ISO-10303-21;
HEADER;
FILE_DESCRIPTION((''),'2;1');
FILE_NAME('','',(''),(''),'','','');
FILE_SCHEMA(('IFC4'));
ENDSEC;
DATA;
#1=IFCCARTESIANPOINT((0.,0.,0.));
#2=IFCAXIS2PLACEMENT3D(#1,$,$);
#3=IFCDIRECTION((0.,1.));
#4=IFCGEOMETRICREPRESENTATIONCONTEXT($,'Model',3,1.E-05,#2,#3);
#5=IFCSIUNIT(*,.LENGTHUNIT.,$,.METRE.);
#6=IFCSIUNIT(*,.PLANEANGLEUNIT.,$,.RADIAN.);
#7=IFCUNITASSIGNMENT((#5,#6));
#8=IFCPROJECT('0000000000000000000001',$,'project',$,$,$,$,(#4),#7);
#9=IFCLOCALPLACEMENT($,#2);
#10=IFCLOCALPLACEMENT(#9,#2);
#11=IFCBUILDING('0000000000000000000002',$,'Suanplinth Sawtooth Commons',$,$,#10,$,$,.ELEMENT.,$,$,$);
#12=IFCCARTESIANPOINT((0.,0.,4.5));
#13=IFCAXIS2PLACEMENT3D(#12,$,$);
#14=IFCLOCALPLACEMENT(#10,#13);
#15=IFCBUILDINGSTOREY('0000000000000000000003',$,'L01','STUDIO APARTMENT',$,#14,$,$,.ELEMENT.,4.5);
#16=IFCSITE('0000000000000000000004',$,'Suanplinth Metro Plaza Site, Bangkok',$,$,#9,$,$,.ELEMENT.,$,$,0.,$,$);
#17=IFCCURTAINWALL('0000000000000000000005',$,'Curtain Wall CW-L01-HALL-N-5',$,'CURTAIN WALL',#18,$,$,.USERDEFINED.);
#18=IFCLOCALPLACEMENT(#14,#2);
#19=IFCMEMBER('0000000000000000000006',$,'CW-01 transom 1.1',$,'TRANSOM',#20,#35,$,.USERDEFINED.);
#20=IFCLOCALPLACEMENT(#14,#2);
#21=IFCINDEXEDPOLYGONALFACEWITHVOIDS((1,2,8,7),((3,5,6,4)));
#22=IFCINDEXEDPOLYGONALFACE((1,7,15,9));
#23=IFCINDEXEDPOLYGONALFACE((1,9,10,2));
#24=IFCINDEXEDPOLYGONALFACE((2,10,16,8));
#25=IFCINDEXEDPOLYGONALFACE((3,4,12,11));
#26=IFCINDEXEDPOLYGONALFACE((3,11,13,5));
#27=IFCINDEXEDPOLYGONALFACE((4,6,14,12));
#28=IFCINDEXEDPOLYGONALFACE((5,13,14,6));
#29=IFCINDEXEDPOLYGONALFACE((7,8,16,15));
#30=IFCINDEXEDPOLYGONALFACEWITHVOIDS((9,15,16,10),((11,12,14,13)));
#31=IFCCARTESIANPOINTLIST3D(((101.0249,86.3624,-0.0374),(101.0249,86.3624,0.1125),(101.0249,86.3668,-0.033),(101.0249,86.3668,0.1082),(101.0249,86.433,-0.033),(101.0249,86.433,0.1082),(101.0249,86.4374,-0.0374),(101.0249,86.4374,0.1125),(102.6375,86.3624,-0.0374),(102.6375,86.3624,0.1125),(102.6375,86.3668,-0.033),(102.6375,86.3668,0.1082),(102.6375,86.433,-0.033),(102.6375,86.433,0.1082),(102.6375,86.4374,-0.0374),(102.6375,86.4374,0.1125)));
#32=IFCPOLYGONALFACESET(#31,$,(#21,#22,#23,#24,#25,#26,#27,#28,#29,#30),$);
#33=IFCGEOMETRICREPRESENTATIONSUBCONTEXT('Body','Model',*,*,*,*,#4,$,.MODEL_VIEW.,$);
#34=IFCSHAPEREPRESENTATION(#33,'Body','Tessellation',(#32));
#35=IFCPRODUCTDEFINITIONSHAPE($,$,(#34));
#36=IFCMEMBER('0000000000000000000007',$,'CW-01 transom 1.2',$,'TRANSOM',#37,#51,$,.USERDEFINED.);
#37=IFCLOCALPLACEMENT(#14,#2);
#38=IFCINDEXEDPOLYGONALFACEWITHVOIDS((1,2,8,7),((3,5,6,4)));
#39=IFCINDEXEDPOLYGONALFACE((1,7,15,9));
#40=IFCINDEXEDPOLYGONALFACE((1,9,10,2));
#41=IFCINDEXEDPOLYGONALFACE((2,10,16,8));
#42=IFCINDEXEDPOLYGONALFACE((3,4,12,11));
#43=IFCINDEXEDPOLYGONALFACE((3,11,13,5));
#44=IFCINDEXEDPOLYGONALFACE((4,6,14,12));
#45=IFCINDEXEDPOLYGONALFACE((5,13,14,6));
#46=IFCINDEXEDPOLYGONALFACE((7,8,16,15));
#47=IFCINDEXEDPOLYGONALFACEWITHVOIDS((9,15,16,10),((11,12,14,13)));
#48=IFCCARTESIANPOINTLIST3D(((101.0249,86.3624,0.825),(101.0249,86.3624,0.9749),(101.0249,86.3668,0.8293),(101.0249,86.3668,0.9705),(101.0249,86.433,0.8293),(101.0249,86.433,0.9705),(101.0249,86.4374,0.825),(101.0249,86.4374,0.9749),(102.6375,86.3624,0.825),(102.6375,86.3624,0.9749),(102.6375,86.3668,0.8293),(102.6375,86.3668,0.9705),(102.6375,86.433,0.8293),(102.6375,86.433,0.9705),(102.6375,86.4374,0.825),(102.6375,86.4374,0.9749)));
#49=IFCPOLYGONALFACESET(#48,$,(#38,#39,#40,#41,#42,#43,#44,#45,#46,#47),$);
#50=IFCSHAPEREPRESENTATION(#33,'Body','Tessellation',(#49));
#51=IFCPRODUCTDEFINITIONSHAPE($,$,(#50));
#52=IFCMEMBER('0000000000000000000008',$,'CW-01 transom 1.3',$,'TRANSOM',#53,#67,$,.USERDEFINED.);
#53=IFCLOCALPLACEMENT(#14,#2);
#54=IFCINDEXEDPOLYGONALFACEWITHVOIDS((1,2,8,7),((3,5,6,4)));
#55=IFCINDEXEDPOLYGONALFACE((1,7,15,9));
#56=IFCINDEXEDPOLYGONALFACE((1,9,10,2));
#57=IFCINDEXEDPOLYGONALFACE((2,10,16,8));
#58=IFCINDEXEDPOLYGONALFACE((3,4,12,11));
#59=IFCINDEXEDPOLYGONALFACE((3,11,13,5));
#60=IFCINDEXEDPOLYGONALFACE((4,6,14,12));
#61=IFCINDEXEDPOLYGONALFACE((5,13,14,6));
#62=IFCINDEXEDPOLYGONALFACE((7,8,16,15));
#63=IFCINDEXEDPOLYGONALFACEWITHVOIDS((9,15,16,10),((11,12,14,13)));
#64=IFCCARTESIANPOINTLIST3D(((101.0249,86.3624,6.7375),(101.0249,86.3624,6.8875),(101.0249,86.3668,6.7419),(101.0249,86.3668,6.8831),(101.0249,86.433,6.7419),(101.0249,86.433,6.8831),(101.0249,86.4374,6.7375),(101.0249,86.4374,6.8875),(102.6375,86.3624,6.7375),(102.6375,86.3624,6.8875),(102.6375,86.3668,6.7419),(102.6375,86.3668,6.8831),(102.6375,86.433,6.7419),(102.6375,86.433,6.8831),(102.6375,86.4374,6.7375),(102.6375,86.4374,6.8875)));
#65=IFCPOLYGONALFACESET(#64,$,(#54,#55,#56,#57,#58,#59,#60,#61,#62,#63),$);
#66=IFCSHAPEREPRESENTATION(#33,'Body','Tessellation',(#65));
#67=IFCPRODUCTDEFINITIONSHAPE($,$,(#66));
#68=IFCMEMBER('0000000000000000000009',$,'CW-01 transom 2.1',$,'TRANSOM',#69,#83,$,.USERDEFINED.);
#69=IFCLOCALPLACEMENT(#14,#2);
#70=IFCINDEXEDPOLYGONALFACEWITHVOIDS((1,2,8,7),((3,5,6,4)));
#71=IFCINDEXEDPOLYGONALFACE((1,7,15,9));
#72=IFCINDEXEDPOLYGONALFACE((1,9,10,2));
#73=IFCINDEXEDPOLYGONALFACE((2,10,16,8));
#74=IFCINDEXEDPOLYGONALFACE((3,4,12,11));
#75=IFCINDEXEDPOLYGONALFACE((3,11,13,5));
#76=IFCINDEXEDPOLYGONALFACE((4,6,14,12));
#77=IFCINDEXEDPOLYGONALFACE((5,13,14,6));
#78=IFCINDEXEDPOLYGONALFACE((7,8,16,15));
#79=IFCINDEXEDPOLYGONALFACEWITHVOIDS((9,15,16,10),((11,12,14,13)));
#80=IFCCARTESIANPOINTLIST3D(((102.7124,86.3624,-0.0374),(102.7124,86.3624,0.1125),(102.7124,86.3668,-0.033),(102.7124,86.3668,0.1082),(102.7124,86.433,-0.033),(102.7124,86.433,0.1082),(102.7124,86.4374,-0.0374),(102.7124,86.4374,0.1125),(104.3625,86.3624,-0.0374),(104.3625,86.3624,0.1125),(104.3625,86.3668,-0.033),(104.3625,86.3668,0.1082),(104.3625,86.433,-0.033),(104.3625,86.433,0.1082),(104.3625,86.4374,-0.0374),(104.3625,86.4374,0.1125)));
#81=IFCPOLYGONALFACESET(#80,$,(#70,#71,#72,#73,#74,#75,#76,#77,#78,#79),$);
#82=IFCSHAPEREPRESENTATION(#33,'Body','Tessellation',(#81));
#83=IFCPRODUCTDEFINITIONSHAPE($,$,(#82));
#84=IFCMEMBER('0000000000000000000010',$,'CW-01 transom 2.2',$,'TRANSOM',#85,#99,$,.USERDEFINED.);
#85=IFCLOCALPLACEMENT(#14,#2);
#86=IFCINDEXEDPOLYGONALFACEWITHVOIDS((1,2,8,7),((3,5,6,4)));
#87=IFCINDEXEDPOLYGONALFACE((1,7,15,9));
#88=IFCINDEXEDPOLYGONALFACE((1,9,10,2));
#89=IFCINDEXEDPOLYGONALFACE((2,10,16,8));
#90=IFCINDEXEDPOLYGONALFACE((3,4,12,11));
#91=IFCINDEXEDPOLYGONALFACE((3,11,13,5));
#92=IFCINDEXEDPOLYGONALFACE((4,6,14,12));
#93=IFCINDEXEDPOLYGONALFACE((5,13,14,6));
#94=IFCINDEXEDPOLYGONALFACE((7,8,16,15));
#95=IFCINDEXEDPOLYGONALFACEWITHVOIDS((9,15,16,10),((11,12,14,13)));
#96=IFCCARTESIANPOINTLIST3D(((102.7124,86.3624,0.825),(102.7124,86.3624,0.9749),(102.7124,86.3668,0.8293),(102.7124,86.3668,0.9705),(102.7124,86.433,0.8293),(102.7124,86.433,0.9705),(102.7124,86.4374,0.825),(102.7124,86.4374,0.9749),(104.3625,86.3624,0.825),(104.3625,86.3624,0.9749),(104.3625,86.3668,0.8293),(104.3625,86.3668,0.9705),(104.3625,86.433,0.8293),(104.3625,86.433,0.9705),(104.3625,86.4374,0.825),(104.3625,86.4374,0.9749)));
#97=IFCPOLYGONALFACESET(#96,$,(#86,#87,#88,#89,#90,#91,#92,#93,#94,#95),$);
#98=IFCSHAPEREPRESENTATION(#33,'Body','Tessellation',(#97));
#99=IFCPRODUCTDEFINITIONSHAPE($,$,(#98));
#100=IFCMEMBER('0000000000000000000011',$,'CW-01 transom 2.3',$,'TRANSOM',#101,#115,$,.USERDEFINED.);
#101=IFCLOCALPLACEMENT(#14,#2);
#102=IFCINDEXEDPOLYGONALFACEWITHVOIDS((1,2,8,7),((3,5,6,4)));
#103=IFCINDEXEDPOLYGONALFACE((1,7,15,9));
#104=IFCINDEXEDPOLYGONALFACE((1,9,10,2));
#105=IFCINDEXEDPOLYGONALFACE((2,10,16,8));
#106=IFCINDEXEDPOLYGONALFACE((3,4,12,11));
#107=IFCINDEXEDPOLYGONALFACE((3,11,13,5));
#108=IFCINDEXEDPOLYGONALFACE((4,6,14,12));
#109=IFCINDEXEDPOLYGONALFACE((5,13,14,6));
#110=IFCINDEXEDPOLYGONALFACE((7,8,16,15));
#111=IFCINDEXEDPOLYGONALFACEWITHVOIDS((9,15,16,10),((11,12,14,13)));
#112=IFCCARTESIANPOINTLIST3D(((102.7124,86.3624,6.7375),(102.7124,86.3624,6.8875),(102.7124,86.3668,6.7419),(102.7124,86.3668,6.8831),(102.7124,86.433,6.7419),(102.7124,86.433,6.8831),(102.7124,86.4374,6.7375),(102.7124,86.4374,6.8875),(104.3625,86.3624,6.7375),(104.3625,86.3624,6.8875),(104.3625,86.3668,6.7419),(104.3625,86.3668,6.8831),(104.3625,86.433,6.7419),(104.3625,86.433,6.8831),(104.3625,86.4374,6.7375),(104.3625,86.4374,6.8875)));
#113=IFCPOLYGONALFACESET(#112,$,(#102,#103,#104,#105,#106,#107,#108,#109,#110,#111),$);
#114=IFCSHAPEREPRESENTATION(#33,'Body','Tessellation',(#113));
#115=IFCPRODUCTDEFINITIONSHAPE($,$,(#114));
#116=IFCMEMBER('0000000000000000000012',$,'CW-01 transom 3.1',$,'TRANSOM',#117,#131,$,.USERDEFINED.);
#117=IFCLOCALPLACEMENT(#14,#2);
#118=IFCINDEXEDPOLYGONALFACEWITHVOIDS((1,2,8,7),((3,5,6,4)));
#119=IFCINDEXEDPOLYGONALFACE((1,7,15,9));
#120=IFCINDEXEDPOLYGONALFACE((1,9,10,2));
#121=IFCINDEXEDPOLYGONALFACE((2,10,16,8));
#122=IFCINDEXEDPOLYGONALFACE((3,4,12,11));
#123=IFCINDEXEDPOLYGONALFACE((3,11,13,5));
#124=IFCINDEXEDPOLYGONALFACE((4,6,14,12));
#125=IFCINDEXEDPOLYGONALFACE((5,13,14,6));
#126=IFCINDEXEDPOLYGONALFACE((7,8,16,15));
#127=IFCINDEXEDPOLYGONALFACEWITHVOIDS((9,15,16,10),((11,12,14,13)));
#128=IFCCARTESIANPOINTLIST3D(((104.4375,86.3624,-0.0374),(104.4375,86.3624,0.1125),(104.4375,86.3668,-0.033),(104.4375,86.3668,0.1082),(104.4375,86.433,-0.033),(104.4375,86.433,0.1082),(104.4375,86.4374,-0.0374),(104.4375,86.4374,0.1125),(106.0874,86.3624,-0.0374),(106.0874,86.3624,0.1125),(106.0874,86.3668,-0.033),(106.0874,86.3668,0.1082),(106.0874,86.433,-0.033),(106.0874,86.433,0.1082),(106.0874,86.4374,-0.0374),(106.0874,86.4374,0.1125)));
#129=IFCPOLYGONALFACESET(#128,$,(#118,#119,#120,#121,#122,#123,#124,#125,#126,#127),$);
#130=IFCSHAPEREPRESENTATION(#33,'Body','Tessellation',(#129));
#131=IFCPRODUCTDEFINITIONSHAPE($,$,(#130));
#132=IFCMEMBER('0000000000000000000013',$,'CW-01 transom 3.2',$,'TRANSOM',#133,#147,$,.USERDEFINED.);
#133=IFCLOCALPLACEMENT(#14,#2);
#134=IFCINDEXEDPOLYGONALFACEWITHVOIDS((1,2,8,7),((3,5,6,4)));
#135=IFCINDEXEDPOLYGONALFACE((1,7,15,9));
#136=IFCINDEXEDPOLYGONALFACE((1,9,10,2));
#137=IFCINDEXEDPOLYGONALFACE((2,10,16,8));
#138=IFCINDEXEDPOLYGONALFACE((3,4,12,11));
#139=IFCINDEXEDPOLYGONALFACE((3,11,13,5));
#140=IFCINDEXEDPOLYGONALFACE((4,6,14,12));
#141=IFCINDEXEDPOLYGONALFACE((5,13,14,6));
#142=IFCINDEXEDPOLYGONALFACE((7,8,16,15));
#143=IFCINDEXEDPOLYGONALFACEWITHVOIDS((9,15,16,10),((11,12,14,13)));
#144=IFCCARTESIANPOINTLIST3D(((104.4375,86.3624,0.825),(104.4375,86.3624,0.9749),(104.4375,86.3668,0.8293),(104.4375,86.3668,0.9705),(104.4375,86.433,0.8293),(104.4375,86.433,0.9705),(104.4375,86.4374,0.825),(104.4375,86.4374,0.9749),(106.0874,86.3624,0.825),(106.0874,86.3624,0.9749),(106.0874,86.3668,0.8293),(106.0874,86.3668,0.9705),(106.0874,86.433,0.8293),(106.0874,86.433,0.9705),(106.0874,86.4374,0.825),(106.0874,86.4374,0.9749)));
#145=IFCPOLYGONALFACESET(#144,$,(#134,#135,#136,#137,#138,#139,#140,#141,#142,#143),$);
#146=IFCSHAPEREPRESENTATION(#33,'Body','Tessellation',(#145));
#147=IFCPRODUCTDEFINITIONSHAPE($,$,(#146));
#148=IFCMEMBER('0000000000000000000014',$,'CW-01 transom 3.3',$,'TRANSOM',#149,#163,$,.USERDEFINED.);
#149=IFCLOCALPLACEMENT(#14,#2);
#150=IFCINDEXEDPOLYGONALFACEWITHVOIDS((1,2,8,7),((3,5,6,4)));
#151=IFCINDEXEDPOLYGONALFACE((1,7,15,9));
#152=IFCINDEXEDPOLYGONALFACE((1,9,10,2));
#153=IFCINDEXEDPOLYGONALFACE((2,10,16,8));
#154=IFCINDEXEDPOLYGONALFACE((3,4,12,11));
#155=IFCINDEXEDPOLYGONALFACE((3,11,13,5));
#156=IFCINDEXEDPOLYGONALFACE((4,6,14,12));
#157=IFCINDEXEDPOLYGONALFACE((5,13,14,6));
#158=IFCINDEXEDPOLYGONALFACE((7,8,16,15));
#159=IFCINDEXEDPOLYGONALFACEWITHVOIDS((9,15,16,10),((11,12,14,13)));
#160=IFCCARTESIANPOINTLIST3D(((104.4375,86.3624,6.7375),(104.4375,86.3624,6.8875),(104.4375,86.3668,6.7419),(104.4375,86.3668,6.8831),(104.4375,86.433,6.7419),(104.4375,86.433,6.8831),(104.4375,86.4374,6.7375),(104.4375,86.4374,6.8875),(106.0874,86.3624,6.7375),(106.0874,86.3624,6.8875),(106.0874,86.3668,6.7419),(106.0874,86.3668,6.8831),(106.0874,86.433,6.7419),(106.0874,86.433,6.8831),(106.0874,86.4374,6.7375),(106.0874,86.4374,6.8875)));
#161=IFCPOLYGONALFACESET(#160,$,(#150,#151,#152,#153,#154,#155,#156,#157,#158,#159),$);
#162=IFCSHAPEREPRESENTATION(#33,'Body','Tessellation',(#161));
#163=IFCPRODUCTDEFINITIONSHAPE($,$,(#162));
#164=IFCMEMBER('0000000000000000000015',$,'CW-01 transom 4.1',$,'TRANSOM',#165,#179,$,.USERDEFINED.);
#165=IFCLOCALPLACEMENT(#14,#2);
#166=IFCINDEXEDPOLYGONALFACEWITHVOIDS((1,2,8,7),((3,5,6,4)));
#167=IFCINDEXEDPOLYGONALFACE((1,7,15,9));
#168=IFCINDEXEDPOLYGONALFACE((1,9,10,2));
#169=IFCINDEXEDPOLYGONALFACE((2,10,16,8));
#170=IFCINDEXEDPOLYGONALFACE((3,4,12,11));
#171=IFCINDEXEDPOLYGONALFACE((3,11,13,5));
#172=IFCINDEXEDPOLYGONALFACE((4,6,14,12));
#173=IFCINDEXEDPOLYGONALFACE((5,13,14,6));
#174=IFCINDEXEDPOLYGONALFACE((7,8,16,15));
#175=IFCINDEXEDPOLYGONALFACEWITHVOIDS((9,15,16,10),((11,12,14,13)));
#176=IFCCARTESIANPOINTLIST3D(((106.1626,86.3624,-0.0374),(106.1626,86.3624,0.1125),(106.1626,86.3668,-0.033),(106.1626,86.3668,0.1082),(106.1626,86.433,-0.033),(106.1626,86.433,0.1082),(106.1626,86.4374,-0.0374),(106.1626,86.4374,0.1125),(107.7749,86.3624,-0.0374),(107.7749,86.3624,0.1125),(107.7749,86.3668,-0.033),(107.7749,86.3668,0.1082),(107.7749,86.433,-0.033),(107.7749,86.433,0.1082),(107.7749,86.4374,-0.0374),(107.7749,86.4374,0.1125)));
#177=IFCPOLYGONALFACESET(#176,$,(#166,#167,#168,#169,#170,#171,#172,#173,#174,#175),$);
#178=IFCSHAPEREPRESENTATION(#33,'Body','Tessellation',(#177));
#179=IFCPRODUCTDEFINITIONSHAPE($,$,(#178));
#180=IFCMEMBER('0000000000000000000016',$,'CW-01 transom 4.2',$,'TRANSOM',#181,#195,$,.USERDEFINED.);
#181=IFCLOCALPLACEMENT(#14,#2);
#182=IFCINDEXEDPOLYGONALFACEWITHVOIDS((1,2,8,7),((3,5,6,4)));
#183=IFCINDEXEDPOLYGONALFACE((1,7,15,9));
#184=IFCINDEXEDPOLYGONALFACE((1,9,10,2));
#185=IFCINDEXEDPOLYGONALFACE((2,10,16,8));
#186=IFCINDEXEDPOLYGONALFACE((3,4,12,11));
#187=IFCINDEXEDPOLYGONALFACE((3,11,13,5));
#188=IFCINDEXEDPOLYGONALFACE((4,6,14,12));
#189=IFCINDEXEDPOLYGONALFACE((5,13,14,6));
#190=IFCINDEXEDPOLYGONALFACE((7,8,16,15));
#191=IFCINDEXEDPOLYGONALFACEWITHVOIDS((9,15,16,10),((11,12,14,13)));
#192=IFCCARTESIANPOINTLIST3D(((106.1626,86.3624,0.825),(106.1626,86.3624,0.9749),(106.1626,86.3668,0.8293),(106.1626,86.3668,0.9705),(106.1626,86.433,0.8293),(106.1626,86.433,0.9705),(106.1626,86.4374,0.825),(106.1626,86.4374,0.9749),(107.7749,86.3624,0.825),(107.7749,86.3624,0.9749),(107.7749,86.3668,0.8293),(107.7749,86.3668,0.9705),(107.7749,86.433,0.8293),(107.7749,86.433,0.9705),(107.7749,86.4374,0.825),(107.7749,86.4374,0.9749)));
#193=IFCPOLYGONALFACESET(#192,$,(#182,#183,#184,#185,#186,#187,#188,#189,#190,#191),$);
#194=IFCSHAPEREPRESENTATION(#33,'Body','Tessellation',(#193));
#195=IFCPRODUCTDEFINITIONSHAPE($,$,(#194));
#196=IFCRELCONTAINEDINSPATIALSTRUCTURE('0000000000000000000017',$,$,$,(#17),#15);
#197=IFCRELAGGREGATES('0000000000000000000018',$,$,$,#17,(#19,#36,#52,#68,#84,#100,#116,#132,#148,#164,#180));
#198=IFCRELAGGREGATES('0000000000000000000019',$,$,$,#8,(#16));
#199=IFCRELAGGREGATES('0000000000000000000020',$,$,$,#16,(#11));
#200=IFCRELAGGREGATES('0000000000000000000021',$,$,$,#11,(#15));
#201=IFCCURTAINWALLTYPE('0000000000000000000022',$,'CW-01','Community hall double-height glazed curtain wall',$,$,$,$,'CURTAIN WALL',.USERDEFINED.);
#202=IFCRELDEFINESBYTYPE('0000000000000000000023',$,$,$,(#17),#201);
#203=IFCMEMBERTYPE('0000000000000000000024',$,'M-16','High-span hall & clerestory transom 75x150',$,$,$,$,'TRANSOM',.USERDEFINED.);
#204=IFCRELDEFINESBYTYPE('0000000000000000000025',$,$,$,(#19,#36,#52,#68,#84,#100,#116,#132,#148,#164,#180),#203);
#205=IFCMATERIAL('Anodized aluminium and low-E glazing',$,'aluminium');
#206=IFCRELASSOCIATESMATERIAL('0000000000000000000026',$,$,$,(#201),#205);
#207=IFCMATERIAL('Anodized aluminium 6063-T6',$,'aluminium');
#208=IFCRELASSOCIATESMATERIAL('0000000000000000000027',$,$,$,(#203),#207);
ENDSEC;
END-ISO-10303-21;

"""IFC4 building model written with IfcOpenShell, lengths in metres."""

from ifc_helpers import new_model, si_unit, direction, frame, origin, origin_2d, place, context, subcontext, project, spatial, hollow_rectangle, extrude, material, material_profile, profile_set, type_object, element, aggregate, save


model = new_model("IFC4")

# Units and contexts
model_context = context("Model", 3, precision=1e-05, world=origin(), true_north=direction((0.0, 1.0)))
body_context = subcontext(model_context, "Body", "Model", "MODEL_VIEW")
ifc_project = project(units=[si_unit("LENGTHUNIT", "METRE"), si_unit("PLANEANGLEUNIT", "RADIAN")], contexts=[model_context])

# Site, building, storey
site_placement = place(None, origin())
site = spatial("IfcSite", under=ifc_project, at=site_placement, Name="Suanplinth Metro Plaza Site, Bangkok", CompositionType="ELEMENT", RefElevation=0.0)
building_placement = place(site_placement, origin())
building = spatial("IfcBuilding", under=site, at=building_placement, Name="Suanplinth Sawtooth Commons", CompositionType="ELEMENT")
storey_placement = place(building_placement, frame((0.0, 0.0, 4.5)))
storey = spatial("IfcBuildingStorey", under=building, at=storey_placement, Name="L01", Description="STUDIO APARTMENT", CompositionType="ELEMENT", Elevation=4.5)

# Curtain wall
ifc_material_1 = material(Name="Anodized aluminium and low-E glazing", Category="aluminium")
curtain_wall_type = type_object("IfcCurtainWallType", Name="CW-01", Description="Community hall double-height glazed curtain wall", ElementType="CURTAIN WALL", PredefinedType="USERDEFINED", material=ifc_material_1)
curtain_wall_1_placement = place(storey_placement, origin())
curtain_wall_1 = element("IfcCurtainWall", 1, at=curtain_wall_1_placement, inside=storey, type_object=curtain_wall_type, Name="Curtain Wall CW-L01-HALL-N-5", ObjectType="CURTAIN WALL", PredefinedType="USERDEFINED")
ifc_material_2 = material(Name="Anodized aluminium 6063-T6", Category="aluminium")

# Members
ifc_material_profile_1 = material_profile(ifc_material_2, hollow_rectangle(XDim=0.075, YDim=0.1499, WallThickness=0.0044, at=origin_2d()), Name="ALU-TRN 75x150")
ifc_profile_set_1 = profile_set([ifc_material_profile_1], Name="Anodized aluminium 6063-T6")
member_type_1 = type_object("IfcMemberType", Name="M-16", Description="High-span hall & clerestory transom 75x150", ElementType="TRANSOM", PredefinedType="USERDEFINED", material=ifc_profile_set_1)
member_1_placement = place(storey_placement, frame((101.0249, 86.3999, 0.0376), z_axis=(1.0, 0.0, 0.0), x_axis=(0.0, 1.0, 0.0)))
member_1 = element("IfcMember", 2, at=member_1_placement, type_object=member_type_1, Name="CW-01 transom 1.1", ObjectType="TRANSOM", PredefinedType="USERDEFINED", context=body_context, shape_type="SweptSolid", body=[
    extrude(hollow_rectangle(XDim=0.075, YDim=0.1499, WallThickness=0.0044, at=origin_2d()), origin(), (0.0, 0.0, 1.0), 1.6125),
])
member_2_placement = place(storey_placement, frame((101.0249, 86.3999, 0.8999), z_axis=(1.0, 0.0, 0.0), x_axis=(0.0, 1.0, 0.0)))
member_2 = element("IfcMember", 3, at=member_2_placement, type_object=member_type_1, Name="CW-01 transom 1.2", ObjectType="TRANSOM", PredefinedType="USERDEFINED", context=body_context, shape_type="SweptSolid", body=[
    extrude(hollow_rectangle(XDim=0.075, YDim=0.1499, WallThickness=0.0044, at=origin_2d()), origin(), (0.0, 0.0, 1.0), 1.6125),
])
member_3_placement = place(storey_placement, frame((101.0249, 86.3999, 6.8125), z_axis=(1.0, 0.0, 0.0), x_axis=(0.0, 1.0, 0.0)))
member_3 = element("IfcMember", 4, at=member_3_placement, type_object=member_type_1, Name="CW-01 transom 1.3", ObjectType="TRANSOM", PredefinedType="USERDEFINED", context=body_context, shape_type="SweptSolid", body=[
    extrude(hollow_rectangle(XDim=0.075, YDim=0.1499, WallThickness=0.0044, at=origin_2d()), origin(), (0.0, 0.0, 1.0), 1.6125),
])
member_4_placement = place(storey_placement, frame((102.7124, 86.3999, 0.0376), z_axis=(1.0, 0.0, 0.0), x_axis=(0.0, 1.0, 0.0)))
member_4 = element("IfcMember", 5, at=member_4_placement, type_object=member_type_1, Name="CW-01 transom 2.1", ObjectType="TRANSOM", PredefinedType="USERDEFINED", context=body_context, shape_type="SweptSolid", body=[
    extrude(hollow_rectangle(XDim=0.075, YDim=0.1499, WallThickness=0.0044, at=origin_2d()), origin(), (0.0, 0.0, 1.0), 1.6501),
])
member_5_placement = place(storey_placement, frame((102.7124, 86.3999, 0.8999), z_axis=(1.0, 0.0, 0.0), x_axis=(0.0, 1.0, 0.0)))
member_5 = element("IfcMember", 6, at=member_5_placement, type_object=member_type_1, Name="CW-01 transom 2.2", ObjectType="TRANSOM", PredefinedType="USERDEFINED", context=body_context, shape_type="SweptSolid", body=[
    extrude(hollow_rectangle(XDim=0.075, YDim=0.1499, WallThickness=0.0044, at=origin_2d()), origin(), (0.0, 0.0, 1.0), 1.6501),
])
member_6_placement = place(storey_placement, frame((102.7124, 86.3999, 6.8125), z_axis=(1.0, 0.0, 0.0), x_axis=(0.0, 1.0, 0.0)))
member_6 = element("IfcMember", 7, at=member_6_placement, type_object=member_type_1, Name="CW-01 transom 2.3", ObjectType="TRANSOM", PredefinedType="USERDEFINED", context=body_context, shape_type="SweptSolid", body=[
    extrude(hollow_rectangle(XDim=0.075, YDim=0.1499, WallThickness=0.0044, at=origin_2d()), origin(), (0.0, 0.0, 1.0), 1.6501),
])
member_7_placement = place(storey_placement, frame((104.4375, 86.3999, 0.0376), z_axis=(1.0, 0.0, 0.0), x_axis=(0.0, 1.0, 0.0)))
member_7 = element("IfcMember", 8, at=member_7_placement, type_object=member_type_1, Name="CW-01 transom 3.1", ObjectType="TRANSOM", PredefinedType="USERDEFINED", context=body_context, shape_type="SweptSolid", body=[
    extrude(hollow_rectangle(XDim=0.075, YDim=0.1499, WallThickness=0.0044, at=origin_2d()), origin(), (0.0, 0.0, 1.0), 1.6499),
])
member_8_placement = place(storey_placement, frame((104.4375, 86.3999, 0.8999), z_axis=(1.0, 0.0, 0.0), x_axis=(0.0, 1.0, 0.0)))
member_8 = element("IfcMember", 9, at=member_8_placement, type_object=member_type_1, Name="CW-01 transom 3.2", ObjectType="TRANSOM", PredefinedType="USERDEFINED", context=body_context, shape_type="SweptSolid", body=[
    extrude(hollow_rectangle(XDim=0.075, YDim=0.1499, WallThickness=0.0044, at=origin_2d()), origin(), (0.0, 0.0, 1.0), 1.6499),
])
member_9_placement = place(storey_placement, frame((104.4375, 86.3999, 6.8125), z_axis=(1.0, 0.0, 0.0), x_axis=(0.0, 1.0, 0.0)))
member_9 = element("IfcMember", 10, at=member_9_placement, type_object=member_type_1, Name="CW-01 transom 3.3", ObjectType="TRANSOM", PredefinedType="USERDEFINED", context=body_context, shape_type="SweptSolid", body=[
    extrude(hollow_rectangle(XDim=0.075, YDim=0.1499, WallThickness=0.0044, at=origin_2d()), origin(), (0.0, 0.0, 1.0), 1.6499),
])
member_10_placement = place(storey_placement, frame((106.1626, 86.3999, 0.0376), z_axis=(1.0, 0.0, 0.0), x_axis=(0.0, 1.0, 0.0)))
member_10 = element("IfcMember", 11, at=member_10_placement, type_object=member_type_1, Name="CW-01 transom 4.1", ObjectType="TRANSOM", PredefinedType="USERDEFINED", context=body_context, shape_type="SweptSolid", body=[
    extrude(hollow_rectangle(XDim=0.075, YDim=0.1499, WallThickness=0.0044, at=origin_2d()), origin(), (0.0, 0.0, 1.0), 1.6123),
])
member_11_placement = place(storey_placement, frame((106.1626, 86.3999, 0.8999), z_axis=(1.0, 0.0, 0.0), x_axis=(0.0, 1.0, 0.0)))
member_11 = element("IfcMember", 12, at=member_11_placement, type_object=member_type_1, Name="CW-01 transom 4.2", ObjectType="TRANSOM", PredefinedType="USERDEFINED", context=body_context, shape_type="SweptSolid", body=[
    extrude(hollow_rectangle(XDim=0.075, YDim=0.1499, WallThickness=0.0044, at=origin_2d()), origin(), (0.0, 0.0, 1.0), 1.6123),
])

aggregate(curtain_wall_1, [member_1, member_2, member_3, member_4, member_5, member_6, member_7, member_8, member_9, member_10, member_11])

save(model, "model.ifc")
